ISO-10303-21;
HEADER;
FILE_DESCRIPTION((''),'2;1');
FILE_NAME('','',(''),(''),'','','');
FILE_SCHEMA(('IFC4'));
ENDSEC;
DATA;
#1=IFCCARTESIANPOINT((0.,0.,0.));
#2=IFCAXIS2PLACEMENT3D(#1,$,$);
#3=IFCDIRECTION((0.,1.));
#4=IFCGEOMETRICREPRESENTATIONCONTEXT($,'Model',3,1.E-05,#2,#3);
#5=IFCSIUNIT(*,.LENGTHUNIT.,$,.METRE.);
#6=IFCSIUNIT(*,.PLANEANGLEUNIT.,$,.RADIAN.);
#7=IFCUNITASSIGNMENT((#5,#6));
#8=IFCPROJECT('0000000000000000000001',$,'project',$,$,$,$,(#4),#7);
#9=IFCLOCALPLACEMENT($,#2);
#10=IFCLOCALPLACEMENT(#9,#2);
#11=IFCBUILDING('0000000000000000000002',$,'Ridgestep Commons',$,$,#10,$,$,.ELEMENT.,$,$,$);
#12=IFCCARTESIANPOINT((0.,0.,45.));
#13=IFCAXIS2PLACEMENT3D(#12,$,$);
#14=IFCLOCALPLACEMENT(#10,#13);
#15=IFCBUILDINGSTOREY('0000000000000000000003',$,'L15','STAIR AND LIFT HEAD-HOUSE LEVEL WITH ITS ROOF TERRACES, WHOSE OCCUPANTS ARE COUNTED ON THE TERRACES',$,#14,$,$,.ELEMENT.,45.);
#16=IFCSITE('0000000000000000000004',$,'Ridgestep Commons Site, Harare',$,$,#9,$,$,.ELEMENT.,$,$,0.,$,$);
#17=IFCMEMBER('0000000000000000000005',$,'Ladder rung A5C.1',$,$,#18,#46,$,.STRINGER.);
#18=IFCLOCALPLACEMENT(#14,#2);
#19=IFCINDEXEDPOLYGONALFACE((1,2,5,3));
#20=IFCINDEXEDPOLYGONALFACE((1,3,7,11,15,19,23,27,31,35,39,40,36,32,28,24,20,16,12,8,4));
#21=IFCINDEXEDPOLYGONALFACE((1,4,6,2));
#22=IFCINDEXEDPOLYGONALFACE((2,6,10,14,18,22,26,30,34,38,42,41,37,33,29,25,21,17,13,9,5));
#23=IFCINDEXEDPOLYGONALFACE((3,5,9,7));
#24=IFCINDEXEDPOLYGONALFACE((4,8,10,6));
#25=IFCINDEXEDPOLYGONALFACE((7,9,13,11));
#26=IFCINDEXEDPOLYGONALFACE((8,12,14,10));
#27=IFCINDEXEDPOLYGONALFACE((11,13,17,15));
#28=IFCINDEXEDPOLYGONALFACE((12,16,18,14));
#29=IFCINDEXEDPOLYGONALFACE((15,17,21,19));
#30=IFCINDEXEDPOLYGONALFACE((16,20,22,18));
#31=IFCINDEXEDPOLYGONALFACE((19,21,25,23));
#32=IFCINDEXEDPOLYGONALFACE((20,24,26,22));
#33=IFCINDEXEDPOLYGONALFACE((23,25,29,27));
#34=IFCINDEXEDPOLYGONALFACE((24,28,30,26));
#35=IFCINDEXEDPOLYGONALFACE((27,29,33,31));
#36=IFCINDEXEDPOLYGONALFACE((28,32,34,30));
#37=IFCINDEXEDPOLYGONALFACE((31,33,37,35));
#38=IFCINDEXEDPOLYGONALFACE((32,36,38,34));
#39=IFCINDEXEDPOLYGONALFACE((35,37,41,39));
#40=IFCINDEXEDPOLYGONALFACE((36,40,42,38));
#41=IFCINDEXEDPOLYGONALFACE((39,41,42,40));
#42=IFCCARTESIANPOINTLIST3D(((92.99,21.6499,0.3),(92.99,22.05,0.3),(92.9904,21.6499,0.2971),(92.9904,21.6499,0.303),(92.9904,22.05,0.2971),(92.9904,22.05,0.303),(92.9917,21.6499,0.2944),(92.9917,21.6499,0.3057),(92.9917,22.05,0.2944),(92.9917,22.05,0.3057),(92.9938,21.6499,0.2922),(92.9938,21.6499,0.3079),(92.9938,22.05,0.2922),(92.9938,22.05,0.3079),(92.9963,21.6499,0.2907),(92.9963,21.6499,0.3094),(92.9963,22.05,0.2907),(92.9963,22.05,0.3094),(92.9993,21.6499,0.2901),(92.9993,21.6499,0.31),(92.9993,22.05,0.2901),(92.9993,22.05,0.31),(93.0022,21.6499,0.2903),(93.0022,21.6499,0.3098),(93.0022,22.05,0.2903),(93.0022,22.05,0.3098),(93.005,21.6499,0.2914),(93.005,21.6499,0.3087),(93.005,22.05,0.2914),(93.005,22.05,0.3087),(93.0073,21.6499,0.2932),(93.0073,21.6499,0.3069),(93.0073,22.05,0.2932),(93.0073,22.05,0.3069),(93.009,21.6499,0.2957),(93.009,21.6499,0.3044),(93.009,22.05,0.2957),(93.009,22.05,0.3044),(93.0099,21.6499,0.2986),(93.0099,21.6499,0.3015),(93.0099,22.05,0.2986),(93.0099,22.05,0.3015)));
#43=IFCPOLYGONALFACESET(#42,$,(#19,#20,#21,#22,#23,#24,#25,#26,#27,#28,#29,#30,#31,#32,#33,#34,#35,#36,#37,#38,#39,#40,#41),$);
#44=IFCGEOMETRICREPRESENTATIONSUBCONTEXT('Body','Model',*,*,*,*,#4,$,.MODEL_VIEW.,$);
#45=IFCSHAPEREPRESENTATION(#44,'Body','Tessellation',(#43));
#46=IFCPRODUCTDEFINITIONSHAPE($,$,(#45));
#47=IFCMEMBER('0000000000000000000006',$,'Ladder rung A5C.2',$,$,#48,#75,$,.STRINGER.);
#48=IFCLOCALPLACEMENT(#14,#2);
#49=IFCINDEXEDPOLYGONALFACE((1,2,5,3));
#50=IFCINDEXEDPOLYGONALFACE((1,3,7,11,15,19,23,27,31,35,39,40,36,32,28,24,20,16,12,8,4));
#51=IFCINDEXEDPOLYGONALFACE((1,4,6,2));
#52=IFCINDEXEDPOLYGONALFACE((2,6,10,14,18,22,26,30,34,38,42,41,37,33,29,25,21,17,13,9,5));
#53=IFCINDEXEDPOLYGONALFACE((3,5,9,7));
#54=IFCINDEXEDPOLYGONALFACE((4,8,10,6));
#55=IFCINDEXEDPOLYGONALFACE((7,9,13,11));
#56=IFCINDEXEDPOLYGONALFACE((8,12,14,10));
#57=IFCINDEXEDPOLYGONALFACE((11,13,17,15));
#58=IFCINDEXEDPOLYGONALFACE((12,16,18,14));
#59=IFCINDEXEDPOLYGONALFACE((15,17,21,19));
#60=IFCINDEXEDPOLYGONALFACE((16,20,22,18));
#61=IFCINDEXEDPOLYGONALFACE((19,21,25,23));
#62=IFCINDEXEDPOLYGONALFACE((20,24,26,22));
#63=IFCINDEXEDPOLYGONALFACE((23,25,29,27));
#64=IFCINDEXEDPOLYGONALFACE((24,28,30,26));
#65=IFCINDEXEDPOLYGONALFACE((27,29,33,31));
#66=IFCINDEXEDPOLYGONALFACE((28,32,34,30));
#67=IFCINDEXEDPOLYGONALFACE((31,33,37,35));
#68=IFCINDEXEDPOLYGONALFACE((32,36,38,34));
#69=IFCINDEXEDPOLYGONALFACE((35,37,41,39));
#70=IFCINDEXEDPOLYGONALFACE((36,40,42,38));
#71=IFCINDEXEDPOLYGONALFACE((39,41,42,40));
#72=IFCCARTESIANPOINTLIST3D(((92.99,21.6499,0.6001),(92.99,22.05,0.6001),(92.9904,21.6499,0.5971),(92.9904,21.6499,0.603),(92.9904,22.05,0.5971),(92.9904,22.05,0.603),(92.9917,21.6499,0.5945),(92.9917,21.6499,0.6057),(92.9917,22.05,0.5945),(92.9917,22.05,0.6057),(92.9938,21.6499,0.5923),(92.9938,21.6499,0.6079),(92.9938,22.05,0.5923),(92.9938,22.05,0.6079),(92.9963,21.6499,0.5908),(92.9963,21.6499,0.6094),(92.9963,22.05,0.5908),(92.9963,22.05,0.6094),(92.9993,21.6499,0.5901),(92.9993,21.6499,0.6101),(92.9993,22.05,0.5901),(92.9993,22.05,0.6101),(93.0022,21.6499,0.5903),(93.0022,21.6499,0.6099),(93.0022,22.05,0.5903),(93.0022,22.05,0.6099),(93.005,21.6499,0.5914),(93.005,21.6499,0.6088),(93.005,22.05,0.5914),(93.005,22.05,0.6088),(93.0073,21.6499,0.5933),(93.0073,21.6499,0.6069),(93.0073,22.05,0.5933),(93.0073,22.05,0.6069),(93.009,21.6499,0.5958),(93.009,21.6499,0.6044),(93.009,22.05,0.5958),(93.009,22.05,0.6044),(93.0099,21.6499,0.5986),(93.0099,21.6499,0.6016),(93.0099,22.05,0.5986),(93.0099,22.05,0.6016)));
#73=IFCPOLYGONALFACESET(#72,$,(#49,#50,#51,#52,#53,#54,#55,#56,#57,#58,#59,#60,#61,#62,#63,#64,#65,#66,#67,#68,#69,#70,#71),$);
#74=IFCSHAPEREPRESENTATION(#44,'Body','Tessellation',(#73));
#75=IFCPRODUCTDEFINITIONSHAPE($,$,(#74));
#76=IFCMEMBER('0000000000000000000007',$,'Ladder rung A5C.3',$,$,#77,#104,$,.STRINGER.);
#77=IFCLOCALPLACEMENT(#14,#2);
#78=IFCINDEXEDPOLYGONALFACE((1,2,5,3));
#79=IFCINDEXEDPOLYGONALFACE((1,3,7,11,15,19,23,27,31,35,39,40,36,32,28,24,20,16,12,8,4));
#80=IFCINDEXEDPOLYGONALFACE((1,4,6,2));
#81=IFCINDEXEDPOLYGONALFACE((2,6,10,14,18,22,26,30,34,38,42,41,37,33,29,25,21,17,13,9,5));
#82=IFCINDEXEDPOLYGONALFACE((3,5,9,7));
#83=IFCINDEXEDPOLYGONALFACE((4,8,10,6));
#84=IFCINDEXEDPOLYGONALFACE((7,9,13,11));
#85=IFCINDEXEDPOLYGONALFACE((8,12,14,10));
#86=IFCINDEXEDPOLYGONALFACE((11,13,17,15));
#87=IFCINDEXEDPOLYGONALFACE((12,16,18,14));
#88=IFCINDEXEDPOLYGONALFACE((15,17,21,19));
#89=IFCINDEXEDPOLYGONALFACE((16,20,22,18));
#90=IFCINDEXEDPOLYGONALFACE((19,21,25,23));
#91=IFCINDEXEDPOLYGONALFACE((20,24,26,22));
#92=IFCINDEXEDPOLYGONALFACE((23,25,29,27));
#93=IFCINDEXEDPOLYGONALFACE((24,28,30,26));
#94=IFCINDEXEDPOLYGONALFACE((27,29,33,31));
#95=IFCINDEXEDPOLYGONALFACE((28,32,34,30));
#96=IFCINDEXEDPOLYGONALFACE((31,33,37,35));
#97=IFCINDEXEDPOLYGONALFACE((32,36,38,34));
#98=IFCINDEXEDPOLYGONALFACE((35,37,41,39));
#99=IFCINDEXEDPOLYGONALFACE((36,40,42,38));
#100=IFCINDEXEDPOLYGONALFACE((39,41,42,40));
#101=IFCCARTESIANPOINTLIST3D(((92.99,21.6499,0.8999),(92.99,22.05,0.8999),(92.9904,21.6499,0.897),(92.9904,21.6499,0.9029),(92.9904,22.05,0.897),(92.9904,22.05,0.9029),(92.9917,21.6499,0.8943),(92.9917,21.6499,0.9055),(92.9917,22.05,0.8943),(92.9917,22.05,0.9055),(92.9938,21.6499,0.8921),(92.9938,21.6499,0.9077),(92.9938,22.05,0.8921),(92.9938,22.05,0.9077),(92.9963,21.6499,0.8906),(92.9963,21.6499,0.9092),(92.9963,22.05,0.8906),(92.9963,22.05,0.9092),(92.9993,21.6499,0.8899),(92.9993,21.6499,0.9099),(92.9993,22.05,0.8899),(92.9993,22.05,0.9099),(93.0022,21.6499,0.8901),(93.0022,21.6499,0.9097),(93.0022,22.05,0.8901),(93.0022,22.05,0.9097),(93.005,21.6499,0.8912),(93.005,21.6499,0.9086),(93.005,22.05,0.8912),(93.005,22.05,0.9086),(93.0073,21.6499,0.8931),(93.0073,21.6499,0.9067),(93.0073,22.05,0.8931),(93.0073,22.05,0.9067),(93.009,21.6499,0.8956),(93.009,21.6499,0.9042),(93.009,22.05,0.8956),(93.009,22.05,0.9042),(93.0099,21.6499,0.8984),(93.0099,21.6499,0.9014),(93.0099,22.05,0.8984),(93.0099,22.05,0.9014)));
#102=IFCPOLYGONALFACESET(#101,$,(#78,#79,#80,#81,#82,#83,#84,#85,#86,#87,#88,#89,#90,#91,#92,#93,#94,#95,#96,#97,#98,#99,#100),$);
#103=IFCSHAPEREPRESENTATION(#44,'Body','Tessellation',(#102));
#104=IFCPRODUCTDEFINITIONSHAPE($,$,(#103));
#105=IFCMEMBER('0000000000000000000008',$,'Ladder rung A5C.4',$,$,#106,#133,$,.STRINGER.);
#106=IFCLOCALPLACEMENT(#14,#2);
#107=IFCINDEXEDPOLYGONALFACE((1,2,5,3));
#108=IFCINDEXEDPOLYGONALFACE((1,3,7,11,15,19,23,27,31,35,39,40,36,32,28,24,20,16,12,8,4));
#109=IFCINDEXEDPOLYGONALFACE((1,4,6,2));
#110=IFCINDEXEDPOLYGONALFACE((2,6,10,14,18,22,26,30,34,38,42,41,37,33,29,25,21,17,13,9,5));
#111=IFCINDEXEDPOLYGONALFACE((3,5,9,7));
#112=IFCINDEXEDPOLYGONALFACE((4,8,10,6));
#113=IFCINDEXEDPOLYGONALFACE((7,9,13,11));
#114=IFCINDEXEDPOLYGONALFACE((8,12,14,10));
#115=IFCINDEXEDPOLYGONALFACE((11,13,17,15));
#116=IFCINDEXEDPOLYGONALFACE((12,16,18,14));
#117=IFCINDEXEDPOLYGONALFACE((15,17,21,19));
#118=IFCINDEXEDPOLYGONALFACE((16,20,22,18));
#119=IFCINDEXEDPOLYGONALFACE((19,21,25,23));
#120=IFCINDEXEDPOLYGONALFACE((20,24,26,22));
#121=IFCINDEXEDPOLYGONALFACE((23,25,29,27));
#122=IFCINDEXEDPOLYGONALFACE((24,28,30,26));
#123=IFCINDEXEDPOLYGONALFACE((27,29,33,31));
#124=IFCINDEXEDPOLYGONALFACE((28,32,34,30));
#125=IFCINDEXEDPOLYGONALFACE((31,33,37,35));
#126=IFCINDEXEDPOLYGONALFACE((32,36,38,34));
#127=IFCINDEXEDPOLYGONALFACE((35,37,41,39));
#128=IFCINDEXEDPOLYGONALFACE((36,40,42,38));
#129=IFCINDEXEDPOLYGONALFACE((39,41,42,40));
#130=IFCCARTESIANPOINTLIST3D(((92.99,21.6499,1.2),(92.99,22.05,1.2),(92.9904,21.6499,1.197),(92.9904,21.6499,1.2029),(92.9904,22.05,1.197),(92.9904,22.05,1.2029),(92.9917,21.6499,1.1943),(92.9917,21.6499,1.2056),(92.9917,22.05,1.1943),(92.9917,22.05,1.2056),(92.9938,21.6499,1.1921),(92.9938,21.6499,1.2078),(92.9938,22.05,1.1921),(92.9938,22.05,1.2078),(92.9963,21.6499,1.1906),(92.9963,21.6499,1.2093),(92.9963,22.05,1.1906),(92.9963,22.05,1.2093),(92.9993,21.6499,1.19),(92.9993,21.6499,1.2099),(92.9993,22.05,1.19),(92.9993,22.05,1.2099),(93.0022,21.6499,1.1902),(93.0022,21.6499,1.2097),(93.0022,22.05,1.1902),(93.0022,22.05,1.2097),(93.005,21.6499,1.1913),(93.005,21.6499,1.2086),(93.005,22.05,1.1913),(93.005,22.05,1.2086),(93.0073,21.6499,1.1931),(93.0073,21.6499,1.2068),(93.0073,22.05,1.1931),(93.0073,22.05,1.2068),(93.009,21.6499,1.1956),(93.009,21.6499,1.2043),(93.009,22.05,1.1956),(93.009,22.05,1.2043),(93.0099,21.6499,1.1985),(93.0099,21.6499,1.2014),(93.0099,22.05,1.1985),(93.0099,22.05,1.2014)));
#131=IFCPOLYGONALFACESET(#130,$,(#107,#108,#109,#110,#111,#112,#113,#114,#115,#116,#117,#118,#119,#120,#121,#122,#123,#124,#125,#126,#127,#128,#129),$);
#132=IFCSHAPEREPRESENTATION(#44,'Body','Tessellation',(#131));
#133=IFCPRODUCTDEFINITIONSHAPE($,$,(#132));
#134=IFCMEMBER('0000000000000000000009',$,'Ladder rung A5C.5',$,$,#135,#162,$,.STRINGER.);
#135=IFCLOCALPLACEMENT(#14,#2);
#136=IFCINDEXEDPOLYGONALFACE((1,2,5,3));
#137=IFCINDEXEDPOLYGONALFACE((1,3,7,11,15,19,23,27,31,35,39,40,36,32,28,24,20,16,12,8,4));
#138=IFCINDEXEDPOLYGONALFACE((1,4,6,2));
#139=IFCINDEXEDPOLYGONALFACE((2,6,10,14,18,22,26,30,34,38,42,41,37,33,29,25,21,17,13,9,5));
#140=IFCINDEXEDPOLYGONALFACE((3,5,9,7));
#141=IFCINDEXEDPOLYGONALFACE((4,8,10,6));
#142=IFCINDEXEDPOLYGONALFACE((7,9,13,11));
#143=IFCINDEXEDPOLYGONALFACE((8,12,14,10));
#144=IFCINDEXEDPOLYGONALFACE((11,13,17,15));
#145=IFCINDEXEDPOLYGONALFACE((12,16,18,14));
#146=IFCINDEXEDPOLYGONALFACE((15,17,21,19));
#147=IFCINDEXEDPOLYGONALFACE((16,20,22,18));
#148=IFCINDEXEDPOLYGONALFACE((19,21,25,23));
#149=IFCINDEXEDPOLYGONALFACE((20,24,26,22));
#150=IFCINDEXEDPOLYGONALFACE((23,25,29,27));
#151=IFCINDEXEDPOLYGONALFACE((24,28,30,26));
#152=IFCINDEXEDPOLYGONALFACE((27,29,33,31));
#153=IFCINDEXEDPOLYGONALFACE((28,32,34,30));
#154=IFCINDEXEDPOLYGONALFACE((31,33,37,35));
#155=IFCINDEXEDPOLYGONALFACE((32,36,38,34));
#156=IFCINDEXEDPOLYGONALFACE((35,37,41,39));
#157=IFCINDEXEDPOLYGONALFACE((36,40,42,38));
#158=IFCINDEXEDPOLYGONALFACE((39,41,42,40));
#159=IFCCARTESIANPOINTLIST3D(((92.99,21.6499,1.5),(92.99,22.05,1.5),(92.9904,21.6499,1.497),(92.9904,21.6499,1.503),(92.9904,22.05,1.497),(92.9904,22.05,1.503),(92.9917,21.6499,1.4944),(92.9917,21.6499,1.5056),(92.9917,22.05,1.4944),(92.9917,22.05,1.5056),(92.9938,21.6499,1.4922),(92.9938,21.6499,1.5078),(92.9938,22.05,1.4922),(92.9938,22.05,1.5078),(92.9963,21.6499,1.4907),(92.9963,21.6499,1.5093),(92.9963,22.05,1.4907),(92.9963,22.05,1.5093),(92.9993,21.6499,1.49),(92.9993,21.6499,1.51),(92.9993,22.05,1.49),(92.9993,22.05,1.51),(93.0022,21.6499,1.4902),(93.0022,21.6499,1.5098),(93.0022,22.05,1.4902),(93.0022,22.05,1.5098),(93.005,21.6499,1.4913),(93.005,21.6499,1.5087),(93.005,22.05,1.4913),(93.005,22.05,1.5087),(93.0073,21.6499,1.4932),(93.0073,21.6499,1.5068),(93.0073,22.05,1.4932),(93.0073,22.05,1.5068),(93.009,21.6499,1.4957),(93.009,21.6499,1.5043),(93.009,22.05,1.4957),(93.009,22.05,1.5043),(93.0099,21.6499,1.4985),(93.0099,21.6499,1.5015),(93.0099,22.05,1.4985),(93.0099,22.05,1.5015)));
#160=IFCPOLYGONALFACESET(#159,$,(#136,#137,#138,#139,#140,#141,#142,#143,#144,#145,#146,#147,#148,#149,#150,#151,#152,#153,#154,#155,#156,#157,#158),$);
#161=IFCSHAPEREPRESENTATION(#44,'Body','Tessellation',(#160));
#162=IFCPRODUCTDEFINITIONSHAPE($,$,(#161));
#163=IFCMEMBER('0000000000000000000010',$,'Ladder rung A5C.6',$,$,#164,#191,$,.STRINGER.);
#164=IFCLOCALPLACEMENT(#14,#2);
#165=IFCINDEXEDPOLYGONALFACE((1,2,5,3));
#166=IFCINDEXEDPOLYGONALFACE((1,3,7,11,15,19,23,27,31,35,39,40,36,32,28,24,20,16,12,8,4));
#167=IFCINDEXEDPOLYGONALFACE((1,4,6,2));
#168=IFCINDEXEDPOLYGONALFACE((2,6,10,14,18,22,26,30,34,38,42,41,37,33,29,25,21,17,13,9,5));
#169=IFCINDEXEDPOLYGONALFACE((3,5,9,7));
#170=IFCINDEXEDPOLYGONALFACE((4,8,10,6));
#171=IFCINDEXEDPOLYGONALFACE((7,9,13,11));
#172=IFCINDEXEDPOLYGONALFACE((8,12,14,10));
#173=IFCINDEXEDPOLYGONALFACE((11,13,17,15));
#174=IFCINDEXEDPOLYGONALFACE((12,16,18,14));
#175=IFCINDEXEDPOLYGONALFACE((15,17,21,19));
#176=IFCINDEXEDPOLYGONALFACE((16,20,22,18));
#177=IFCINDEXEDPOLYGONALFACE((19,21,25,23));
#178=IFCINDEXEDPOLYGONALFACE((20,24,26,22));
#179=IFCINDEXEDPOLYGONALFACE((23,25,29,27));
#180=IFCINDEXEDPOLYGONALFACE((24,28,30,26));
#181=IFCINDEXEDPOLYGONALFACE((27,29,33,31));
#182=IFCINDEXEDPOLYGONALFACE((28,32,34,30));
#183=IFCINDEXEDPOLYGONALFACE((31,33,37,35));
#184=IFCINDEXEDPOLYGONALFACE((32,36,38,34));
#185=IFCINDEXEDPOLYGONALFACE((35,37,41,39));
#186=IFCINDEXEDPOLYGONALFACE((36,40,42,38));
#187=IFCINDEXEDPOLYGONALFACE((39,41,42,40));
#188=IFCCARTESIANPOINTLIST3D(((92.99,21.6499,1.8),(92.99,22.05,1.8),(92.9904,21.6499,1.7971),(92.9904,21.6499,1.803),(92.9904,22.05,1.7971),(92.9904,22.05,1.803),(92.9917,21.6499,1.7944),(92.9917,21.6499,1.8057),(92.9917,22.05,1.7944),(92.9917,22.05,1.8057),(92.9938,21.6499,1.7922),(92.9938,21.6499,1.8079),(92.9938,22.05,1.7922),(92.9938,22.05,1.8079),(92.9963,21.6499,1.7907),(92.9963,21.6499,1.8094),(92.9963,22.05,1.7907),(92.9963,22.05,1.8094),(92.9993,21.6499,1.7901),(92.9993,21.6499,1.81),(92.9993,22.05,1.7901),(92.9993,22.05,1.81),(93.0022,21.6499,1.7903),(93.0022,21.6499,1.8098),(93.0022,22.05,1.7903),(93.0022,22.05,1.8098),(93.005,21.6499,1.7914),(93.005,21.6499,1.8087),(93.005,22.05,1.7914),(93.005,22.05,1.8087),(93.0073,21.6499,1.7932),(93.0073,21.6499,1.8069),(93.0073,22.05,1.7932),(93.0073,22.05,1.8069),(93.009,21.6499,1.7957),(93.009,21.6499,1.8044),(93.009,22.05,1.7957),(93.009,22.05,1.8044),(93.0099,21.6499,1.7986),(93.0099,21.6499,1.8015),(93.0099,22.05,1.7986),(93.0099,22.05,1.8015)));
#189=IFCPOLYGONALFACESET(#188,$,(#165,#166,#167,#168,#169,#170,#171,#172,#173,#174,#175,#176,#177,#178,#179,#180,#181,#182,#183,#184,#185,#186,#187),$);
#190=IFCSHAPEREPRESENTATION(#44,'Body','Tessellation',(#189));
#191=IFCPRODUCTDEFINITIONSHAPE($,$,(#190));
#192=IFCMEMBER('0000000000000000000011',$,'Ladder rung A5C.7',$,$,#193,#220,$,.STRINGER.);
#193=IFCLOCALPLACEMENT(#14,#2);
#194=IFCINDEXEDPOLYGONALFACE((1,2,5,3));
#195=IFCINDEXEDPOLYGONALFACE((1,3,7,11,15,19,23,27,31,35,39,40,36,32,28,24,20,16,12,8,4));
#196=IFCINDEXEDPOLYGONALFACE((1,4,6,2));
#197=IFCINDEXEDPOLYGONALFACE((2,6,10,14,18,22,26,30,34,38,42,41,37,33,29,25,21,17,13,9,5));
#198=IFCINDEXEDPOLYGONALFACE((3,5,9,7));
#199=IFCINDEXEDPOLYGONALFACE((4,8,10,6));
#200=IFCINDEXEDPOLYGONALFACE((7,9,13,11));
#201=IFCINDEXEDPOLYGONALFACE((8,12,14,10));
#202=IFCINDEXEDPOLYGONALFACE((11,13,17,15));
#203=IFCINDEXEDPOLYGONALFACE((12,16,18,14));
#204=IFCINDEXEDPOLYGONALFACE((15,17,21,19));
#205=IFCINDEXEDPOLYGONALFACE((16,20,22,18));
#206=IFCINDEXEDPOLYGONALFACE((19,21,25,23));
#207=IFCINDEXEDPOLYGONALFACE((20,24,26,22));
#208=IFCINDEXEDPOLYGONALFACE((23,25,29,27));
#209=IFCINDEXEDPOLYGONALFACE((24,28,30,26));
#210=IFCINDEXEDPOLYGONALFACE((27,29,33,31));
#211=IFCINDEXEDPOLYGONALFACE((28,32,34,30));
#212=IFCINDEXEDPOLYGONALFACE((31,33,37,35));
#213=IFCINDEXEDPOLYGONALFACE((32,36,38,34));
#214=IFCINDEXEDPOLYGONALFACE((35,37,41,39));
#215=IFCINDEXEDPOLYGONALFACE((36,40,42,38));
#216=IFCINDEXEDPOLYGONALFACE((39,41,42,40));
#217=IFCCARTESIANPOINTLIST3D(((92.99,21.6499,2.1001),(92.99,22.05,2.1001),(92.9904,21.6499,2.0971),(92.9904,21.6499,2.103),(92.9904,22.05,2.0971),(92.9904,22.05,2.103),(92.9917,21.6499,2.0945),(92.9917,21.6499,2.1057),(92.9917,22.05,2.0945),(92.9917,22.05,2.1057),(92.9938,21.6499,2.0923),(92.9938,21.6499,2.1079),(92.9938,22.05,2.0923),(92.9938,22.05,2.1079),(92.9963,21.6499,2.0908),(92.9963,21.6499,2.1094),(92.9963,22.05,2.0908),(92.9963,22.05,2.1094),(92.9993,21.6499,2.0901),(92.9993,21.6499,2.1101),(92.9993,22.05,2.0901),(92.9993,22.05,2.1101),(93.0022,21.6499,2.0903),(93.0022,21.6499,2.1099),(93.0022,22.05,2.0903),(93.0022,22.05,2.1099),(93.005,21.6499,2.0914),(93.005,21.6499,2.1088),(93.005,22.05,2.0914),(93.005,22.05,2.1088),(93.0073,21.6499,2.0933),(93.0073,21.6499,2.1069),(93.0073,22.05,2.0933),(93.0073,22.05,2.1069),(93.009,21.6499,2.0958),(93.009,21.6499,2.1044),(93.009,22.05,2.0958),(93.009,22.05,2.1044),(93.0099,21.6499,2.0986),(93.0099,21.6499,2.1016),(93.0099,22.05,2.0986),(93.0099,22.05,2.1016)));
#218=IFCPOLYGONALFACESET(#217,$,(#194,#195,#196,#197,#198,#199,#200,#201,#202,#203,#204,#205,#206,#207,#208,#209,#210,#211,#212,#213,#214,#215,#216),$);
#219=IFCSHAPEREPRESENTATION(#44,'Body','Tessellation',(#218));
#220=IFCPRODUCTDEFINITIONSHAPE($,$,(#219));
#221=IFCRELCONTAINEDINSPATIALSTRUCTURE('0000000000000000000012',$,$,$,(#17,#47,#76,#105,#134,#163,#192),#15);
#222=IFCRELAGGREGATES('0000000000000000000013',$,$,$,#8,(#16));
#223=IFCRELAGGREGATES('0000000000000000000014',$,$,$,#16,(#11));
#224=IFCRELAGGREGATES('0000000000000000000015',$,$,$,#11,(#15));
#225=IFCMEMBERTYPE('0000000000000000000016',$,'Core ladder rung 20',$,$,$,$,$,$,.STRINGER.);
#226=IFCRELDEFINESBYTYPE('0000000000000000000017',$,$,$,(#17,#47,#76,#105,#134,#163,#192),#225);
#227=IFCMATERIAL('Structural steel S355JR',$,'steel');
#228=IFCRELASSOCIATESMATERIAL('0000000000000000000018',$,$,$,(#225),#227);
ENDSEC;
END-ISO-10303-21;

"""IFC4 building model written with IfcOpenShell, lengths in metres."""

from ifc_helpers import new_model, si_unit, direction, frame, origin, origin_2d, place, context, subcontext, project, spatial, circle, extrude, material, material_profile, profile_set, type_object, element, save


model = new_model("IFC4")

# Units and contexts
model_context = context("Model", 3, precision=1e-05, world=origin(), true_north=direction((0.0, 1.0)))
body_context = subcontext(model_context, "Body", "Model", "MODEL_VIEW")
ifc_project = project(units=[si_unit("LENGTHUNIT", "METRE"), si_unit("PLANEANGLEUNIT", "RADIAN")], contexts=[model_context])

# Site, building, storey
site_placement = place(None, origin())
site = spatial("IfcSite", under=ifc_project, at=site_placement, Name="Ridgestep Commons Site, Harare", CompositionType="ELEMENT", RefElevation=0.0)
building_placement = place(site_placement, origin())
building = spatial("IfcBuilding", under=site, at=building_placement, Name="Ridgestep Commons", CompositionType="ELEMENT")
storey_placement = place(building_placement, frame((0.0, 0.0, 45.0)))
storey = spatial("IfcBuildingStorey", under=building, at=storey_placement, Name="L15", Description="STAIR AND LIFT HEAD-HOUSE LEVEL WITH ITS ROOF TERRACES, WHOSE OCCUPANTS ARE COUNTED ON THE TERRACES", CompositionType="ELEMENT", Elevation=45.0)

# Members
ifc_material_1 = material(Name="Structural steel S355JR", Category="steel")
ifc_material_profile_1 = material_profile(ifc_material_1, circle(Radius=0.01, at=origin_2d()), Name="Round bar 20")
ifc_profile_set_1 = profile_set([ifc_material_profile_1], Name="Structural steel S355JR")
member_type_1 = type_object("IfcMemberType", Name="Core ladder rung 20", PredefinedType="STRINGER", material=ifc_profile_set_1)
for number, where, z_axis, x_axis, name in (
    (1, (93.0, 21.6499, 0.3), (0.0, 1.0, 0.0), (-1.0, 0.0, 0.0), "Ladder rung A5C.1"),
    (2, (93.0, 21.6499, 0.6001), (0.0, 1.0, 0.0), (-1.0, 0.0, 0.0), "Ladder rung A5C.2"),
    (3, (93.0, 21.6499, 0.8999), (0.0, 1.0, 0.0), (-1.0, 0.0, 0.0), "Ladder rung A5C.3"),
    (4, (93.0, 21.6499, 1.2), (0.0, 1.0, 0.0), (-1.0, 0.0, 0.0), "Ladder rung A5C.4"),
    (5, (93.0, 21.6499, 1.5), (0.0, 1.0, 0.0), (-1.0, 0.0, 0.0), "Ladder rung A5C.5"),
    (6, (93.0, 21.6499, 1.8), (0.0, 1.0, 0.0), (-1.0, 0.0, 0.0), "Ladder rung A5C.6"),
    (7, (93.0, 21.6499, 2.1001), (0.0, 1.0, 0.0), (-1.0, 0.0, 0.0), "Ladder rung A5C.7"),
):
    element("IfcMember", number, at=place(storey_placement, frame(where, z_axis=z_axis, x_axis=x_axis)), inside=storey, type_object=member_type_1, Name=name, PredefinedType="STRINGER", context=body_context, shape_type="SweptSolid", body=[
        extrude(circle(Radius=0.01, at=origin_2d()), origin(), (0.0, 0.0, 1.0), 0.4001),
    ])

save(model, "model.ifc")
